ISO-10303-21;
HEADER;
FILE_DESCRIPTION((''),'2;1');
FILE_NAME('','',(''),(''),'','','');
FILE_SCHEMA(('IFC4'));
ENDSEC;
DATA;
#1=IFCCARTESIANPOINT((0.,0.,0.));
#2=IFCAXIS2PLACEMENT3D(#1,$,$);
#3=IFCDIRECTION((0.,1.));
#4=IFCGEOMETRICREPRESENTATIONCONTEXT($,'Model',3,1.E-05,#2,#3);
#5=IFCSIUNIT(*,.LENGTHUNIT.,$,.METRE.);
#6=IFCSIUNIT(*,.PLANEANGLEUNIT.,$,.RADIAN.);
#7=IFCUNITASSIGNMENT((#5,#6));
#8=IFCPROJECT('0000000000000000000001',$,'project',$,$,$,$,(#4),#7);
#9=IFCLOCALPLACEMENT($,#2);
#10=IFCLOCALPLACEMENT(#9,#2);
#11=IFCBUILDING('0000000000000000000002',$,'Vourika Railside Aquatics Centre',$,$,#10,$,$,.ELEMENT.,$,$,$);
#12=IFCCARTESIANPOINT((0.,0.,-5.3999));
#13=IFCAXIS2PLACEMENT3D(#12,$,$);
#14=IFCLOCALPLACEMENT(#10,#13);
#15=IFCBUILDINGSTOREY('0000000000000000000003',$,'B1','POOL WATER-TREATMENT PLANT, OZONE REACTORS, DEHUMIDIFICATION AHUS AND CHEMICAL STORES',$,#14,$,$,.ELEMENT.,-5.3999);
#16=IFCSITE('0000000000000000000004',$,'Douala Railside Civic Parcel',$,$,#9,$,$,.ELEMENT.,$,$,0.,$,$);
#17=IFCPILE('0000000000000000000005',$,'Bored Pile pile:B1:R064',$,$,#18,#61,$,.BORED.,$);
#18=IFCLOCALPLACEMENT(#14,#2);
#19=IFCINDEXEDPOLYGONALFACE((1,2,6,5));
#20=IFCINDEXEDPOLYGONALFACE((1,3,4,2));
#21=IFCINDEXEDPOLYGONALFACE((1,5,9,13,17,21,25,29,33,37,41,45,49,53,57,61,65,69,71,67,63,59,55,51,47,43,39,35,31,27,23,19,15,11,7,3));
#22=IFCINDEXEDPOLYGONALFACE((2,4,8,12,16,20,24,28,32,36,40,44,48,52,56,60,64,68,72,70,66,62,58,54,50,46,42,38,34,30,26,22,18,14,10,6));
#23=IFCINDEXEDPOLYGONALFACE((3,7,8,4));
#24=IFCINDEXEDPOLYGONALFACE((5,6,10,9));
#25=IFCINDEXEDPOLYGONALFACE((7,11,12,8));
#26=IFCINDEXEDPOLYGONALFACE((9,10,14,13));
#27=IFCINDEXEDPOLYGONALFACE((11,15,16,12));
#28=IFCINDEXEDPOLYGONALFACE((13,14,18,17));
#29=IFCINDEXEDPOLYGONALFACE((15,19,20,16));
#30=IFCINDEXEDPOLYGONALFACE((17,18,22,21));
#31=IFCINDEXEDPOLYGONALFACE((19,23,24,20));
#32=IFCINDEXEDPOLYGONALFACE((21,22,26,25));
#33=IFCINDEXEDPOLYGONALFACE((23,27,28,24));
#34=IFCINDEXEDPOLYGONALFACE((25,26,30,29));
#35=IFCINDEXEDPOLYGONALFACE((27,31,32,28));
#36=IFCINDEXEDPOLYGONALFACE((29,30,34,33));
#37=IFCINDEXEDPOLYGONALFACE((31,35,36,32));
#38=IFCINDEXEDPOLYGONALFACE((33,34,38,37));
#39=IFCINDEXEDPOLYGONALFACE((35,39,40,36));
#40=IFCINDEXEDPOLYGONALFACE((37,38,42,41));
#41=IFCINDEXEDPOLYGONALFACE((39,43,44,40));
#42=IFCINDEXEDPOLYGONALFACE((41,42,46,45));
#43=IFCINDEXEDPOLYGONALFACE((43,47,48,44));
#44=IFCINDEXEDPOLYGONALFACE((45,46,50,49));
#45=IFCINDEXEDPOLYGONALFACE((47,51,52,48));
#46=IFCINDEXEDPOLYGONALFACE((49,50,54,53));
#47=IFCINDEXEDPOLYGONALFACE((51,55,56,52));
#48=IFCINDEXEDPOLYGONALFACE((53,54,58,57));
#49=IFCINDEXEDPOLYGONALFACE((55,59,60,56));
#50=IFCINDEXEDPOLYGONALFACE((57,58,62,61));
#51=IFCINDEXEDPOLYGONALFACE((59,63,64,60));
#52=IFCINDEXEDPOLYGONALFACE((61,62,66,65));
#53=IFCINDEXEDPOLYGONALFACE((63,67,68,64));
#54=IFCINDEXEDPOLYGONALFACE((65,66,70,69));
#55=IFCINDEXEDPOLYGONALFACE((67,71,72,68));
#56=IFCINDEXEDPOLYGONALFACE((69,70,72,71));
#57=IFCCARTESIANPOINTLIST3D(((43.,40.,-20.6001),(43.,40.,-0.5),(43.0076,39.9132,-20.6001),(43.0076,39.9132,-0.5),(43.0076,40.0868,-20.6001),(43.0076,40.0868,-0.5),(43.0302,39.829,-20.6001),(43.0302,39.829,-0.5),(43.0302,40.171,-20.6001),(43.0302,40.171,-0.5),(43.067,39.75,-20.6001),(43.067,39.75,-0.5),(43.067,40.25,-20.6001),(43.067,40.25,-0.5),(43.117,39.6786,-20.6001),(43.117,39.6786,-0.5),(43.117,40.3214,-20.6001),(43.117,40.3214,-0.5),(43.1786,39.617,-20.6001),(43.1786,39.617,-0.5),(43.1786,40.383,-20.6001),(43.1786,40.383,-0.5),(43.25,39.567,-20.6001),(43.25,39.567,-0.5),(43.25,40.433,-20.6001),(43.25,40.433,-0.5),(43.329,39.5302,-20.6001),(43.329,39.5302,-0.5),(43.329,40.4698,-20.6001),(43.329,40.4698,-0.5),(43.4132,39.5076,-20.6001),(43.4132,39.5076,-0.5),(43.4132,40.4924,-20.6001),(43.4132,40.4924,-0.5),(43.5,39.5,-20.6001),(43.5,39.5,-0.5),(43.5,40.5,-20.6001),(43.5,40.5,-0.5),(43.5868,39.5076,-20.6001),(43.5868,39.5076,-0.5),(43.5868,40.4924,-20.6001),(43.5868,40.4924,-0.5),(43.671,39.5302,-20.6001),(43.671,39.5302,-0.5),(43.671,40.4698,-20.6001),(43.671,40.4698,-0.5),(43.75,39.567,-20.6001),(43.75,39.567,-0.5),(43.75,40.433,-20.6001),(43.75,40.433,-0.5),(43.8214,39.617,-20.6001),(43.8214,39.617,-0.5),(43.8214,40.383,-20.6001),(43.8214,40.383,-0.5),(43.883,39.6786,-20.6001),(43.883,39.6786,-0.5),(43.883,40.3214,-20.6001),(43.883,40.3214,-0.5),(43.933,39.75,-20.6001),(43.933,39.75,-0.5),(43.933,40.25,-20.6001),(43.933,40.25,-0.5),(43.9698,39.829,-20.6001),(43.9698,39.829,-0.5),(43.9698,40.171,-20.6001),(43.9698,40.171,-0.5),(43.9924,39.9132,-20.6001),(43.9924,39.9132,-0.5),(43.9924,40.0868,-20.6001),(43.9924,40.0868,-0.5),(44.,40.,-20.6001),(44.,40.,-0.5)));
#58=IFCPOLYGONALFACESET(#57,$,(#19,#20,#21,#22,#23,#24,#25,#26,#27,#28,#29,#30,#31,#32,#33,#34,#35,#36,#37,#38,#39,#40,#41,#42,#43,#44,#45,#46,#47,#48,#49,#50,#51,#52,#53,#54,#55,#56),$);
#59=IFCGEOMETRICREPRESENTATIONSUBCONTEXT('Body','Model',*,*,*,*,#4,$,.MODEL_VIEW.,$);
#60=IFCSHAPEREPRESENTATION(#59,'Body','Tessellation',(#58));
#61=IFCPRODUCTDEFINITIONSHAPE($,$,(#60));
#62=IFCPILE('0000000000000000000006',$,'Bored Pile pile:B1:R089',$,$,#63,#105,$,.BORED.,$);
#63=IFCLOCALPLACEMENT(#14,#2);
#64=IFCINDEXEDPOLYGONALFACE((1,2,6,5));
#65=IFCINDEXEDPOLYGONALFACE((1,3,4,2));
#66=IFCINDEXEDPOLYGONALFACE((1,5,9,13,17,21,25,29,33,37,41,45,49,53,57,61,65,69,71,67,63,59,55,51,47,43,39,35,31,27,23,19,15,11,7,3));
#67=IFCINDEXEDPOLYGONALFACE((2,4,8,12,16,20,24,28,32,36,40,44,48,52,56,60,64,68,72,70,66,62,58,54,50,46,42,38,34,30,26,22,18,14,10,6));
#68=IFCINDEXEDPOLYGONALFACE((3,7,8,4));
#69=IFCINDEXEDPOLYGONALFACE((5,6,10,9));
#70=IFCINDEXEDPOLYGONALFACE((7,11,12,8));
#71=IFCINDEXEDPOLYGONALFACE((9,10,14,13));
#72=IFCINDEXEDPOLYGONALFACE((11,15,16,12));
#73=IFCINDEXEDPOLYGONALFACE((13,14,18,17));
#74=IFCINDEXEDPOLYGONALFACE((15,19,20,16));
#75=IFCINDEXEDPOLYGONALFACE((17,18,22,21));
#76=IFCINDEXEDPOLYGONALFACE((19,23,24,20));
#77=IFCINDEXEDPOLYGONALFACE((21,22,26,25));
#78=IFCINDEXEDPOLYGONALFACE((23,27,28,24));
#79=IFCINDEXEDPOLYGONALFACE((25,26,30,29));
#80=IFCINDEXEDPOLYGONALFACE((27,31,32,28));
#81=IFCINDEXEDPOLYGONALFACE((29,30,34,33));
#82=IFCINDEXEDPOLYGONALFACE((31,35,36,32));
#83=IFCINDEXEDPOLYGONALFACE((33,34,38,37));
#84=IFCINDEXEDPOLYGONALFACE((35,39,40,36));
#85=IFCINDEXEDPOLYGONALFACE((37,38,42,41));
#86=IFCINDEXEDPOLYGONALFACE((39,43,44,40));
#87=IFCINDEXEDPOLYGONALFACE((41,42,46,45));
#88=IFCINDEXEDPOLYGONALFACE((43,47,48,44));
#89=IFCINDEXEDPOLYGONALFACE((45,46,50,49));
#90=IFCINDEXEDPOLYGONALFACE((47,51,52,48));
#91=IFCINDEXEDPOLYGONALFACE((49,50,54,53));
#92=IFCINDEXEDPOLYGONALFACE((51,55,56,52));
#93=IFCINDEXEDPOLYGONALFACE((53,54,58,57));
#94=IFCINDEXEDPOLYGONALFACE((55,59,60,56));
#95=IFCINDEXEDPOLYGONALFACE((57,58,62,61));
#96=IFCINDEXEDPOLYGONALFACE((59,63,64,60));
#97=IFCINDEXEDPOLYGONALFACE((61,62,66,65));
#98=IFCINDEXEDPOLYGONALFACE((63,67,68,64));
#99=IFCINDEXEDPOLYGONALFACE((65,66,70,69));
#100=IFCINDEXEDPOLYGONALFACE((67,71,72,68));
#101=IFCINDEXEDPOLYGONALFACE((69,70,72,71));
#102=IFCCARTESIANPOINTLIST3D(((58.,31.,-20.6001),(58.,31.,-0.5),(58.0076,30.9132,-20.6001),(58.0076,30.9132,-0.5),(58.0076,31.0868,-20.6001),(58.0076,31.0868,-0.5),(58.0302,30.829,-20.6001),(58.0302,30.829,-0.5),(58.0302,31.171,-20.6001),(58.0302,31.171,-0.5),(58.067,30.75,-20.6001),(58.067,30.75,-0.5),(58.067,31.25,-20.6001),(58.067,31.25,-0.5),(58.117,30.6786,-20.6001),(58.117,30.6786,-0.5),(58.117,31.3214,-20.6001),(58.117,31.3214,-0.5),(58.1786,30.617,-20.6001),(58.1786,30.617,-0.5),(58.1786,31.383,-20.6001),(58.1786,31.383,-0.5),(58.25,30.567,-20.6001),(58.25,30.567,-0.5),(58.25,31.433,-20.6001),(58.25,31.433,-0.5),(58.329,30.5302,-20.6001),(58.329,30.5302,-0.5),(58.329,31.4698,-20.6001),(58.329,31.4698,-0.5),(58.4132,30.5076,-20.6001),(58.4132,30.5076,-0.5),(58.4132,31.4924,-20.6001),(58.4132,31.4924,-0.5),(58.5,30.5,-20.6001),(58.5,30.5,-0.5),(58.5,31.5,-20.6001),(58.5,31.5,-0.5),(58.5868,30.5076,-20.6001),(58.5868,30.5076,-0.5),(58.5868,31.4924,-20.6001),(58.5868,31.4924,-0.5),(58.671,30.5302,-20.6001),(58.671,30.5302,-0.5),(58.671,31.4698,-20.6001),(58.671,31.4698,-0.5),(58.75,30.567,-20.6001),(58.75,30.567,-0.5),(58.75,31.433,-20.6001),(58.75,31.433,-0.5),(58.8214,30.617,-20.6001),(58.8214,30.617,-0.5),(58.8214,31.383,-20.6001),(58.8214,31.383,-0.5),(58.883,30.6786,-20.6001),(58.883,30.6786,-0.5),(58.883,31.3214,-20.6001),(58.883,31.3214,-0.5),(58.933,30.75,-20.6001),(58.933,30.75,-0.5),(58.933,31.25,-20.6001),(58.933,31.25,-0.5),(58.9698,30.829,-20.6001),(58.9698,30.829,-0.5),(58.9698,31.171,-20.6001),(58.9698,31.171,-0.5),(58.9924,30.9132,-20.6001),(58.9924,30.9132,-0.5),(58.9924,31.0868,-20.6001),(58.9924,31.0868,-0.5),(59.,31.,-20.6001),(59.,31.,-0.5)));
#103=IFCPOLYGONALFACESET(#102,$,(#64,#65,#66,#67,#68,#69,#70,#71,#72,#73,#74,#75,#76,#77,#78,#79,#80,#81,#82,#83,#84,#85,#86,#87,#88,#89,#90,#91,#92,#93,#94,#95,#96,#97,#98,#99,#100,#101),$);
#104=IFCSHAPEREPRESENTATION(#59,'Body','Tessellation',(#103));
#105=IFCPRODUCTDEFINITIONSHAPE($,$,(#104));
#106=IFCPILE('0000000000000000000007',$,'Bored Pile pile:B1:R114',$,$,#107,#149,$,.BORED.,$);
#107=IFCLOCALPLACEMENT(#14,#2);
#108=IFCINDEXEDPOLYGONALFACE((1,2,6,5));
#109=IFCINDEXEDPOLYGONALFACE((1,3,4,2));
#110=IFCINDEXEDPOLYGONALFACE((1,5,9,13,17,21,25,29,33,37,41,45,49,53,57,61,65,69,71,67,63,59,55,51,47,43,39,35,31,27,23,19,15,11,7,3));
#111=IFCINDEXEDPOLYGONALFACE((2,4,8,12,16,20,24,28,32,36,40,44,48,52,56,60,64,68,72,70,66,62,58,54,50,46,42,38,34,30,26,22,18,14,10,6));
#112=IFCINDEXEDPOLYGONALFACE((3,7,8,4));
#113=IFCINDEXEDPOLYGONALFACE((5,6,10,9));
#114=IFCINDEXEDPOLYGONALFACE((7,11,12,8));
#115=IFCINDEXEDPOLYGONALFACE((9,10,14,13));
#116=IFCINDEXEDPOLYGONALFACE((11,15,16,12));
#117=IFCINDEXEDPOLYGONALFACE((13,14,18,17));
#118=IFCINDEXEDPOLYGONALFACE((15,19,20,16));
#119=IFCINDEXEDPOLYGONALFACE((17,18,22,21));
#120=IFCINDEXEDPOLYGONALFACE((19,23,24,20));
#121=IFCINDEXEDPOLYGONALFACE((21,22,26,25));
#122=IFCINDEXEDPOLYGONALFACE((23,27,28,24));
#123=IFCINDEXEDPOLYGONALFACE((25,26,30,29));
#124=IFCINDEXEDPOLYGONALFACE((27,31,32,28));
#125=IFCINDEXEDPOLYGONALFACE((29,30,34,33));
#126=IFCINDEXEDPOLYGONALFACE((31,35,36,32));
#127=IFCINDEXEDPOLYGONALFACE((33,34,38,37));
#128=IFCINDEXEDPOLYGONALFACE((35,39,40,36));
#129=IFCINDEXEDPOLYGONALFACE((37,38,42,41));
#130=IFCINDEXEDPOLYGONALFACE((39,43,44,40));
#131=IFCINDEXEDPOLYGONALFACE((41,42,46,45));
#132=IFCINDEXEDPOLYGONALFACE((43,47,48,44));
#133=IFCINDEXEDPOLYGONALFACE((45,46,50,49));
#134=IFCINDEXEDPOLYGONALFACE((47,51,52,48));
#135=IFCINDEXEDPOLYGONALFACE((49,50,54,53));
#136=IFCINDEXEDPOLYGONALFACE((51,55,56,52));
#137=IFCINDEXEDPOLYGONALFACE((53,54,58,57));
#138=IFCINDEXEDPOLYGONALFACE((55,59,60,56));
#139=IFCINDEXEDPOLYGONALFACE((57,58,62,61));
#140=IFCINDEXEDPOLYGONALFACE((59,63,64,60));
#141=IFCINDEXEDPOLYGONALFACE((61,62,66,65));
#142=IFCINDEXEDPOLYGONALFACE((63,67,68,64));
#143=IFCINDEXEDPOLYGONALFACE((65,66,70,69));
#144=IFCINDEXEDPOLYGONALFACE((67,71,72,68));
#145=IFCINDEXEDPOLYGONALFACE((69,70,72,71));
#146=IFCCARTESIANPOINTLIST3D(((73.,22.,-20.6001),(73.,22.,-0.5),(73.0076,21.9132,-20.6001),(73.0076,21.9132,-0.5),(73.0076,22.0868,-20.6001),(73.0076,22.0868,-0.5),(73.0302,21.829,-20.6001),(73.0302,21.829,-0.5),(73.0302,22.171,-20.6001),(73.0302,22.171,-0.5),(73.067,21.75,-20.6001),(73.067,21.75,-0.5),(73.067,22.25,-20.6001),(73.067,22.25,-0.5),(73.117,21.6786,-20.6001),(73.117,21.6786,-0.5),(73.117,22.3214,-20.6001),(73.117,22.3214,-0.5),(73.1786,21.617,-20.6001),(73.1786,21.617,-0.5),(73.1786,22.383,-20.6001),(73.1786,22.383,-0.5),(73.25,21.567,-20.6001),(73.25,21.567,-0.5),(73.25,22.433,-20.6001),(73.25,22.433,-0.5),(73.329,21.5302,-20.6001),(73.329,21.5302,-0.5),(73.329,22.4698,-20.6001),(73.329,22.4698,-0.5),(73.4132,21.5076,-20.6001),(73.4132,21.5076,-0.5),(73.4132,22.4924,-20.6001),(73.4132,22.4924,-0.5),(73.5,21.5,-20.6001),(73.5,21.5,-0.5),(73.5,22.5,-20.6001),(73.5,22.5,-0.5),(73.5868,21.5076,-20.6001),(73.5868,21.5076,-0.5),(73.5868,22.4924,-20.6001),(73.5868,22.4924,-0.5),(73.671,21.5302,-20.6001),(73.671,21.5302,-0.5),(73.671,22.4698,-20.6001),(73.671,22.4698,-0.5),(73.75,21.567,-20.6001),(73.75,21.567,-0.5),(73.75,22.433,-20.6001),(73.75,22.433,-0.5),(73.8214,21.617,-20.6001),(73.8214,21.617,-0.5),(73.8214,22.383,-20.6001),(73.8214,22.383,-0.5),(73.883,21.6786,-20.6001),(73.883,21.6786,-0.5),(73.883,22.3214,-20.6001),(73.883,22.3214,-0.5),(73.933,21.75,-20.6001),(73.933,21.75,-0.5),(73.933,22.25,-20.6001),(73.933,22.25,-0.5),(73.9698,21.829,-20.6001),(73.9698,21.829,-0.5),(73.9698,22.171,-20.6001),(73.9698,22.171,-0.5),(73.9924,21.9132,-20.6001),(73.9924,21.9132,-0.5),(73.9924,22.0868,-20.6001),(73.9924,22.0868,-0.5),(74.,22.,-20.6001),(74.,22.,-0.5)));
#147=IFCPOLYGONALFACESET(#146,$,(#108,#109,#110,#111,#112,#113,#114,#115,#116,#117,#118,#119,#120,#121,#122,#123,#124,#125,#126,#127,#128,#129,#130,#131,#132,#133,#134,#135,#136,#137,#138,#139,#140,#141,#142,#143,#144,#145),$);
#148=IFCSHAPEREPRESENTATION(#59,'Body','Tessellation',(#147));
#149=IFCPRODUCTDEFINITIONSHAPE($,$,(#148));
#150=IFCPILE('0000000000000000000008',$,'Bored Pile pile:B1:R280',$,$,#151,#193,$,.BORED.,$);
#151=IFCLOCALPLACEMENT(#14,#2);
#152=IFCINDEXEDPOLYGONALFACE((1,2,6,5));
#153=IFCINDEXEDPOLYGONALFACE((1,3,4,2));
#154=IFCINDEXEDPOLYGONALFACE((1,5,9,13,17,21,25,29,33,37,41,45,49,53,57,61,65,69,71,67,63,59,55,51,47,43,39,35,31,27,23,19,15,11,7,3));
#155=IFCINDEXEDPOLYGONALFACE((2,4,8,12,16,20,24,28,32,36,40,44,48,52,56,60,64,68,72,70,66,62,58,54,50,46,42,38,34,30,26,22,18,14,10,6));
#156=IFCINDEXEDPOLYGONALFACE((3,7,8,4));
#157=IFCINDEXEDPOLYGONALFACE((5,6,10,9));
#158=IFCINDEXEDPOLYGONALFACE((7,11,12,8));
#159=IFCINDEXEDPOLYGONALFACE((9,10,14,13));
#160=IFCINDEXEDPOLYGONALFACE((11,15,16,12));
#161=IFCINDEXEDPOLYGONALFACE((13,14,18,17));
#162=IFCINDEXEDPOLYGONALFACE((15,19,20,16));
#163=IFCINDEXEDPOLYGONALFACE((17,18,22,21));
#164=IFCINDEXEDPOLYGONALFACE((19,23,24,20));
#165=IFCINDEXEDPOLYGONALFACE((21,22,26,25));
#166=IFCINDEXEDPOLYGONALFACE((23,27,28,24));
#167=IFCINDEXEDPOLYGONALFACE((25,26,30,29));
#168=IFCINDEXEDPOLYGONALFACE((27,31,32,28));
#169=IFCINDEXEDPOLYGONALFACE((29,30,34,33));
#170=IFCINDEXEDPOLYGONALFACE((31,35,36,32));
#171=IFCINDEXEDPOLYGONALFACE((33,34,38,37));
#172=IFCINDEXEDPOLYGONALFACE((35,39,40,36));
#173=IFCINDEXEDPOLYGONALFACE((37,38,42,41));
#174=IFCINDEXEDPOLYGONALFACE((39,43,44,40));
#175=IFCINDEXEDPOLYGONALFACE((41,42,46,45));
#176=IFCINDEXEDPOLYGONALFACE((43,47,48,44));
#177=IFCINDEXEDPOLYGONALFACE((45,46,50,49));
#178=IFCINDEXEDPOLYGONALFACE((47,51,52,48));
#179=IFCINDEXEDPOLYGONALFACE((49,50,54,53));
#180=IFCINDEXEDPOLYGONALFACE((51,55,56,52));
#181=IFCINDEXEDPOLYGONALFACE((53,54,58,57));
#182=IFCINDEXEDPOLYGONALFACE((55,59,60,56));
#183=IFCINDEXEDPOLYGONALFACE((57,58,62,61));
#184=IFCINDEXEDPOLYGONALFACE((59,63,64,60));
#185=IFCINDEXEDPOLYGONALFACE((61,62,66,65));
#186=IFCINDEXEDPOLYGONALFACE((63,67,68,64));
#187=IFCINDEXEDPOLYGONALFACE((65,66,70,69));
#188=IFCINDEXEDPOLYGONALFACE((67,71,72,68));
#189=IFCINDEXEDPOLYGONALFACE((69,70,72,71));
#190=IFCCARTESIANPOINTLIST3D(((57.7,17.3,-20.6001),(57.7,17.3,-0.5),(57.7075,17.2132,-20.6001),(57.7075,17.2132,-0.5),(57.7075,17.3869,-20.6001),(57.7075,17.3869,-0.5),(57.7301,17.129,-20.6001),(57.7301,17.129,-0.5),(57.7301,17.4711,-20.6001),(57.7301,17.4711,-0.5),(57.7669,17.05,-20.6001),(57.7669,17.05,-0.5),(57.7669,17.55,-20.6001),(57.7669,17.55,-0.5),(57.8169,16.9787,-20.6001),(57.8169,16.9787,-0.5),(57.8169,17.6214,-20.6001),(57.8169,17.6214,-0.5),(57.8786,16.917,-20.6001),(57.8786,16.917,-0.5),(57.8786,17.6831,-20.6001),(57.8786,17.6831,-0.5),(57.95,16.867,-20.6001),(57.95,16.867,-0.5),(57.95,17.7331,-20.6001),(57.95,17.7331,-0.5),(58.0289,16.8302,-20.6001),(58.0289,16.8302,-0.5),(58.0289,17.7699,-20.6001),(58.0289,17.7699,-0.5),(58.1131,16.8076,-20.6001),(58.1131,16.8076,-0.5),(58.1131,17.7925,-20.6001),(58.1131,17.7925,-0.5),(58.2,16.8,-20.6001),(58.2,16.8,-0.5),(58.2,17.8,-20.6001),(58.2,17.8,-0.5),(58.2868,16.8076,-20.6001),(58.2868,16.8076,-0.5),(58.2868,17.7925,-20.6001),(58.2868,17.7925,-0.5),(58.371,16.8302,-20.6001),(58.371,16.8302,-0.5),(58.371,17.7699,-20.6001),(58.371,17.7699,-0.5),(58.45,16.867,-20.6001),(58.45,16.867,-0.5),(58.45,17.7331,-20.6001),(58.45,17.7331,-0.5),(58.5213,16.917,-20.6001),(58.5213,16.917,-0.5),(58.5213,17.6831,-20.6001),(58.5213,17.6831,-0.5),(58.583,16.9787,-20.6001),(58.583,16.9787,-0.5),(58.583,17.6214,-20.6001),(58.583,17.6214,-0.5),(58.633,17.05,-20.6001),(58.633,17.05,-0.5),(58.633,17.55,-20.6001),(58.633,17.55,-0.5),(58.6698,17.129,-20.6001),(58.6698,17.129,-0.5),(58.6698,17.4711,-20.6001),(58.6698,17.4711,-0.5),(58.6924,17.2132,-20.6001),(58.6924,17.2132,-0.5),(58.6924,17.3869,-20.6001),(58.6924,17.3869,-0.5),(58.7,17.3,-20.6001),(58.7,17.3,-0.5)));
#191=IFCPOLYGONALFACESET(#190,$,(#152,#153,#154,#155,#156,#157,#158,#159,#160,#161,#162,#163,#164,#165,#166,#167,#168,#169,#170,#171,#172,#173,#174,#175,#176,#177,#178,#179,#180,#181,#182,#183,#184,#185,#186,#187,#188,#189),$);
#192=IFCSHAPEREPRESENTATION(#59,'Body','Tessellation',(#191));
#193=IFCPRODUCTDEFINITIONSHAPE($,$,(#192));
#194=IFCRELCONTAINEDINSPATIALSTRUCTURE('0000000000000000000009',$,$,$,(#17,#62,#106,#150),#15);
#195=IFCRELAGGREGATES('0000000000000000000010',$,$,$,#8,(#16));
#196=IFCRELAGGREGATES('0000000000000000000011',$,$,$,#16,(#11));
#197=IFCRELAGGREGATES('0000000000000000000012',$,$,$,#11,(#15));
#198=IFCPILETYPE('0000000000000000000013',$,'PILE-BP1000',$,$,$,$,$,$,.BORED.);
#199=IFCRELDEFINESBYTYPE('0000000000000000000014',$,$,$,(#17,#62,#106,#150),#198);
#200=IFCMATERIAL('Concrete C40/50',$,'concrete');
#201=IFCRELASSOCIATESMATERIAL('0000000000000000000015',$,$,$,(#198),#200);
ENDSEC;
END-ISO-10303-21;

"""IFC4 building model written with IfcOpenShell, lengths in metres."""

from ifc_helpers import new_model, si_unit, direction, frame, origin, origin_2d, place, context, subcontext, project, spatial, circle, extrude, material, material_profile, profile_set, type_object, element, save


model = new_model("IFC4")

# Units and contexts
model_context = context("Model", 3, precision=1e-05, world=origin(), true_north=direction((0.0, 1.0)))
body_context = subcontext(model_context, "Body", "Model", "MODEL_VIEW")
ifc_project = project(units=[si_unit("LENGTHUNIT", "METRE"), si_unit("PLANEANGLEUNIT", "RADIAN")], contexts=[model_context])

# Site, building, storey
site_placement = place(None, origin())
site = spatial("IfcSite", under=ifc_project, at=site_placement, Name="Douala Railside Civic Parcel", CompositionType="ELEMENT", RefElevation=0.0)
building_placement = place(site_placement, origin())
building = spatial("IfcBuilding", under=site, at=building_placement, Name="Vourika Railside Aquatics Centre", CompositionType="ELEMENT")
storey_placement = place(building_placement, frame((0.0, 0.0, -5.3999)))
storey = spatial("IfcBuildingStorey", under=building, at=storey_placement, Name="B1", Description="POOL WATER-TREATMENT PLANT, OZONE REACTORS, DEHUMIDIFICATION AHUS AND CHEMICAL STORES", CompositionType="ELEMENT", Elevation=-5.3999)

# Piles
ifc_material_1 = material(Name="Concrete C40/50", Category="concrete")
ifc_material_profile_1 = material_profile(ifc_material_1, circle(Radius=0.5, at=origin_2d()), Name="BP 1000")
ifc_profile_set_1 = profile_set([ifc_material_profile_1], Name="Concrete C40/50")
pile_type_1 = type_object("IfcPileType", Name="PILE-BP1000", PredefinedType="BORED", material=ifc_profile_set_1)
for number, where, z_axis, x_axis, name in (
    (1, (43.5, 40.0, -0.5), (0.0, 0.0, -1.0), (1.0, 0.0, 0.0), "Bored Pile pile:B1:R064"),
    (2, (58.5, 31.0, -0.5), (0.0, 0.0, -1.0), (1.0, 0.0, 0.0), "Bored Pile pile:B1:R089"),
    (3, (73.5, 22.0, -0.5), (0.0, 0.0, -1.0), (1.0, 0.0, 0.0), "Bored Pile pile:B1:R114"),
    (4, (58.2, 17.3, -0.5), (0.0, 0.0, -1.0), (1.0, 0.0, 0.0), "Bored Pile pile:B1:R280"),
):
    element("IfcPile", number, at=place(storey_placement, frame(where, z_axis=z_axis, x_axis=x_axis)), inside=storey, type_object=pile_type_1, Name=name, PredefinedType="BORED", context=body_context, shape_type="SweptSolid", body=[
        extrude(circle(Radius=0.5, at=origin_2d()), origin(), (0.0, 0.0, 1.0), 20.1001),
    ])

save(model, "model.ifc")
